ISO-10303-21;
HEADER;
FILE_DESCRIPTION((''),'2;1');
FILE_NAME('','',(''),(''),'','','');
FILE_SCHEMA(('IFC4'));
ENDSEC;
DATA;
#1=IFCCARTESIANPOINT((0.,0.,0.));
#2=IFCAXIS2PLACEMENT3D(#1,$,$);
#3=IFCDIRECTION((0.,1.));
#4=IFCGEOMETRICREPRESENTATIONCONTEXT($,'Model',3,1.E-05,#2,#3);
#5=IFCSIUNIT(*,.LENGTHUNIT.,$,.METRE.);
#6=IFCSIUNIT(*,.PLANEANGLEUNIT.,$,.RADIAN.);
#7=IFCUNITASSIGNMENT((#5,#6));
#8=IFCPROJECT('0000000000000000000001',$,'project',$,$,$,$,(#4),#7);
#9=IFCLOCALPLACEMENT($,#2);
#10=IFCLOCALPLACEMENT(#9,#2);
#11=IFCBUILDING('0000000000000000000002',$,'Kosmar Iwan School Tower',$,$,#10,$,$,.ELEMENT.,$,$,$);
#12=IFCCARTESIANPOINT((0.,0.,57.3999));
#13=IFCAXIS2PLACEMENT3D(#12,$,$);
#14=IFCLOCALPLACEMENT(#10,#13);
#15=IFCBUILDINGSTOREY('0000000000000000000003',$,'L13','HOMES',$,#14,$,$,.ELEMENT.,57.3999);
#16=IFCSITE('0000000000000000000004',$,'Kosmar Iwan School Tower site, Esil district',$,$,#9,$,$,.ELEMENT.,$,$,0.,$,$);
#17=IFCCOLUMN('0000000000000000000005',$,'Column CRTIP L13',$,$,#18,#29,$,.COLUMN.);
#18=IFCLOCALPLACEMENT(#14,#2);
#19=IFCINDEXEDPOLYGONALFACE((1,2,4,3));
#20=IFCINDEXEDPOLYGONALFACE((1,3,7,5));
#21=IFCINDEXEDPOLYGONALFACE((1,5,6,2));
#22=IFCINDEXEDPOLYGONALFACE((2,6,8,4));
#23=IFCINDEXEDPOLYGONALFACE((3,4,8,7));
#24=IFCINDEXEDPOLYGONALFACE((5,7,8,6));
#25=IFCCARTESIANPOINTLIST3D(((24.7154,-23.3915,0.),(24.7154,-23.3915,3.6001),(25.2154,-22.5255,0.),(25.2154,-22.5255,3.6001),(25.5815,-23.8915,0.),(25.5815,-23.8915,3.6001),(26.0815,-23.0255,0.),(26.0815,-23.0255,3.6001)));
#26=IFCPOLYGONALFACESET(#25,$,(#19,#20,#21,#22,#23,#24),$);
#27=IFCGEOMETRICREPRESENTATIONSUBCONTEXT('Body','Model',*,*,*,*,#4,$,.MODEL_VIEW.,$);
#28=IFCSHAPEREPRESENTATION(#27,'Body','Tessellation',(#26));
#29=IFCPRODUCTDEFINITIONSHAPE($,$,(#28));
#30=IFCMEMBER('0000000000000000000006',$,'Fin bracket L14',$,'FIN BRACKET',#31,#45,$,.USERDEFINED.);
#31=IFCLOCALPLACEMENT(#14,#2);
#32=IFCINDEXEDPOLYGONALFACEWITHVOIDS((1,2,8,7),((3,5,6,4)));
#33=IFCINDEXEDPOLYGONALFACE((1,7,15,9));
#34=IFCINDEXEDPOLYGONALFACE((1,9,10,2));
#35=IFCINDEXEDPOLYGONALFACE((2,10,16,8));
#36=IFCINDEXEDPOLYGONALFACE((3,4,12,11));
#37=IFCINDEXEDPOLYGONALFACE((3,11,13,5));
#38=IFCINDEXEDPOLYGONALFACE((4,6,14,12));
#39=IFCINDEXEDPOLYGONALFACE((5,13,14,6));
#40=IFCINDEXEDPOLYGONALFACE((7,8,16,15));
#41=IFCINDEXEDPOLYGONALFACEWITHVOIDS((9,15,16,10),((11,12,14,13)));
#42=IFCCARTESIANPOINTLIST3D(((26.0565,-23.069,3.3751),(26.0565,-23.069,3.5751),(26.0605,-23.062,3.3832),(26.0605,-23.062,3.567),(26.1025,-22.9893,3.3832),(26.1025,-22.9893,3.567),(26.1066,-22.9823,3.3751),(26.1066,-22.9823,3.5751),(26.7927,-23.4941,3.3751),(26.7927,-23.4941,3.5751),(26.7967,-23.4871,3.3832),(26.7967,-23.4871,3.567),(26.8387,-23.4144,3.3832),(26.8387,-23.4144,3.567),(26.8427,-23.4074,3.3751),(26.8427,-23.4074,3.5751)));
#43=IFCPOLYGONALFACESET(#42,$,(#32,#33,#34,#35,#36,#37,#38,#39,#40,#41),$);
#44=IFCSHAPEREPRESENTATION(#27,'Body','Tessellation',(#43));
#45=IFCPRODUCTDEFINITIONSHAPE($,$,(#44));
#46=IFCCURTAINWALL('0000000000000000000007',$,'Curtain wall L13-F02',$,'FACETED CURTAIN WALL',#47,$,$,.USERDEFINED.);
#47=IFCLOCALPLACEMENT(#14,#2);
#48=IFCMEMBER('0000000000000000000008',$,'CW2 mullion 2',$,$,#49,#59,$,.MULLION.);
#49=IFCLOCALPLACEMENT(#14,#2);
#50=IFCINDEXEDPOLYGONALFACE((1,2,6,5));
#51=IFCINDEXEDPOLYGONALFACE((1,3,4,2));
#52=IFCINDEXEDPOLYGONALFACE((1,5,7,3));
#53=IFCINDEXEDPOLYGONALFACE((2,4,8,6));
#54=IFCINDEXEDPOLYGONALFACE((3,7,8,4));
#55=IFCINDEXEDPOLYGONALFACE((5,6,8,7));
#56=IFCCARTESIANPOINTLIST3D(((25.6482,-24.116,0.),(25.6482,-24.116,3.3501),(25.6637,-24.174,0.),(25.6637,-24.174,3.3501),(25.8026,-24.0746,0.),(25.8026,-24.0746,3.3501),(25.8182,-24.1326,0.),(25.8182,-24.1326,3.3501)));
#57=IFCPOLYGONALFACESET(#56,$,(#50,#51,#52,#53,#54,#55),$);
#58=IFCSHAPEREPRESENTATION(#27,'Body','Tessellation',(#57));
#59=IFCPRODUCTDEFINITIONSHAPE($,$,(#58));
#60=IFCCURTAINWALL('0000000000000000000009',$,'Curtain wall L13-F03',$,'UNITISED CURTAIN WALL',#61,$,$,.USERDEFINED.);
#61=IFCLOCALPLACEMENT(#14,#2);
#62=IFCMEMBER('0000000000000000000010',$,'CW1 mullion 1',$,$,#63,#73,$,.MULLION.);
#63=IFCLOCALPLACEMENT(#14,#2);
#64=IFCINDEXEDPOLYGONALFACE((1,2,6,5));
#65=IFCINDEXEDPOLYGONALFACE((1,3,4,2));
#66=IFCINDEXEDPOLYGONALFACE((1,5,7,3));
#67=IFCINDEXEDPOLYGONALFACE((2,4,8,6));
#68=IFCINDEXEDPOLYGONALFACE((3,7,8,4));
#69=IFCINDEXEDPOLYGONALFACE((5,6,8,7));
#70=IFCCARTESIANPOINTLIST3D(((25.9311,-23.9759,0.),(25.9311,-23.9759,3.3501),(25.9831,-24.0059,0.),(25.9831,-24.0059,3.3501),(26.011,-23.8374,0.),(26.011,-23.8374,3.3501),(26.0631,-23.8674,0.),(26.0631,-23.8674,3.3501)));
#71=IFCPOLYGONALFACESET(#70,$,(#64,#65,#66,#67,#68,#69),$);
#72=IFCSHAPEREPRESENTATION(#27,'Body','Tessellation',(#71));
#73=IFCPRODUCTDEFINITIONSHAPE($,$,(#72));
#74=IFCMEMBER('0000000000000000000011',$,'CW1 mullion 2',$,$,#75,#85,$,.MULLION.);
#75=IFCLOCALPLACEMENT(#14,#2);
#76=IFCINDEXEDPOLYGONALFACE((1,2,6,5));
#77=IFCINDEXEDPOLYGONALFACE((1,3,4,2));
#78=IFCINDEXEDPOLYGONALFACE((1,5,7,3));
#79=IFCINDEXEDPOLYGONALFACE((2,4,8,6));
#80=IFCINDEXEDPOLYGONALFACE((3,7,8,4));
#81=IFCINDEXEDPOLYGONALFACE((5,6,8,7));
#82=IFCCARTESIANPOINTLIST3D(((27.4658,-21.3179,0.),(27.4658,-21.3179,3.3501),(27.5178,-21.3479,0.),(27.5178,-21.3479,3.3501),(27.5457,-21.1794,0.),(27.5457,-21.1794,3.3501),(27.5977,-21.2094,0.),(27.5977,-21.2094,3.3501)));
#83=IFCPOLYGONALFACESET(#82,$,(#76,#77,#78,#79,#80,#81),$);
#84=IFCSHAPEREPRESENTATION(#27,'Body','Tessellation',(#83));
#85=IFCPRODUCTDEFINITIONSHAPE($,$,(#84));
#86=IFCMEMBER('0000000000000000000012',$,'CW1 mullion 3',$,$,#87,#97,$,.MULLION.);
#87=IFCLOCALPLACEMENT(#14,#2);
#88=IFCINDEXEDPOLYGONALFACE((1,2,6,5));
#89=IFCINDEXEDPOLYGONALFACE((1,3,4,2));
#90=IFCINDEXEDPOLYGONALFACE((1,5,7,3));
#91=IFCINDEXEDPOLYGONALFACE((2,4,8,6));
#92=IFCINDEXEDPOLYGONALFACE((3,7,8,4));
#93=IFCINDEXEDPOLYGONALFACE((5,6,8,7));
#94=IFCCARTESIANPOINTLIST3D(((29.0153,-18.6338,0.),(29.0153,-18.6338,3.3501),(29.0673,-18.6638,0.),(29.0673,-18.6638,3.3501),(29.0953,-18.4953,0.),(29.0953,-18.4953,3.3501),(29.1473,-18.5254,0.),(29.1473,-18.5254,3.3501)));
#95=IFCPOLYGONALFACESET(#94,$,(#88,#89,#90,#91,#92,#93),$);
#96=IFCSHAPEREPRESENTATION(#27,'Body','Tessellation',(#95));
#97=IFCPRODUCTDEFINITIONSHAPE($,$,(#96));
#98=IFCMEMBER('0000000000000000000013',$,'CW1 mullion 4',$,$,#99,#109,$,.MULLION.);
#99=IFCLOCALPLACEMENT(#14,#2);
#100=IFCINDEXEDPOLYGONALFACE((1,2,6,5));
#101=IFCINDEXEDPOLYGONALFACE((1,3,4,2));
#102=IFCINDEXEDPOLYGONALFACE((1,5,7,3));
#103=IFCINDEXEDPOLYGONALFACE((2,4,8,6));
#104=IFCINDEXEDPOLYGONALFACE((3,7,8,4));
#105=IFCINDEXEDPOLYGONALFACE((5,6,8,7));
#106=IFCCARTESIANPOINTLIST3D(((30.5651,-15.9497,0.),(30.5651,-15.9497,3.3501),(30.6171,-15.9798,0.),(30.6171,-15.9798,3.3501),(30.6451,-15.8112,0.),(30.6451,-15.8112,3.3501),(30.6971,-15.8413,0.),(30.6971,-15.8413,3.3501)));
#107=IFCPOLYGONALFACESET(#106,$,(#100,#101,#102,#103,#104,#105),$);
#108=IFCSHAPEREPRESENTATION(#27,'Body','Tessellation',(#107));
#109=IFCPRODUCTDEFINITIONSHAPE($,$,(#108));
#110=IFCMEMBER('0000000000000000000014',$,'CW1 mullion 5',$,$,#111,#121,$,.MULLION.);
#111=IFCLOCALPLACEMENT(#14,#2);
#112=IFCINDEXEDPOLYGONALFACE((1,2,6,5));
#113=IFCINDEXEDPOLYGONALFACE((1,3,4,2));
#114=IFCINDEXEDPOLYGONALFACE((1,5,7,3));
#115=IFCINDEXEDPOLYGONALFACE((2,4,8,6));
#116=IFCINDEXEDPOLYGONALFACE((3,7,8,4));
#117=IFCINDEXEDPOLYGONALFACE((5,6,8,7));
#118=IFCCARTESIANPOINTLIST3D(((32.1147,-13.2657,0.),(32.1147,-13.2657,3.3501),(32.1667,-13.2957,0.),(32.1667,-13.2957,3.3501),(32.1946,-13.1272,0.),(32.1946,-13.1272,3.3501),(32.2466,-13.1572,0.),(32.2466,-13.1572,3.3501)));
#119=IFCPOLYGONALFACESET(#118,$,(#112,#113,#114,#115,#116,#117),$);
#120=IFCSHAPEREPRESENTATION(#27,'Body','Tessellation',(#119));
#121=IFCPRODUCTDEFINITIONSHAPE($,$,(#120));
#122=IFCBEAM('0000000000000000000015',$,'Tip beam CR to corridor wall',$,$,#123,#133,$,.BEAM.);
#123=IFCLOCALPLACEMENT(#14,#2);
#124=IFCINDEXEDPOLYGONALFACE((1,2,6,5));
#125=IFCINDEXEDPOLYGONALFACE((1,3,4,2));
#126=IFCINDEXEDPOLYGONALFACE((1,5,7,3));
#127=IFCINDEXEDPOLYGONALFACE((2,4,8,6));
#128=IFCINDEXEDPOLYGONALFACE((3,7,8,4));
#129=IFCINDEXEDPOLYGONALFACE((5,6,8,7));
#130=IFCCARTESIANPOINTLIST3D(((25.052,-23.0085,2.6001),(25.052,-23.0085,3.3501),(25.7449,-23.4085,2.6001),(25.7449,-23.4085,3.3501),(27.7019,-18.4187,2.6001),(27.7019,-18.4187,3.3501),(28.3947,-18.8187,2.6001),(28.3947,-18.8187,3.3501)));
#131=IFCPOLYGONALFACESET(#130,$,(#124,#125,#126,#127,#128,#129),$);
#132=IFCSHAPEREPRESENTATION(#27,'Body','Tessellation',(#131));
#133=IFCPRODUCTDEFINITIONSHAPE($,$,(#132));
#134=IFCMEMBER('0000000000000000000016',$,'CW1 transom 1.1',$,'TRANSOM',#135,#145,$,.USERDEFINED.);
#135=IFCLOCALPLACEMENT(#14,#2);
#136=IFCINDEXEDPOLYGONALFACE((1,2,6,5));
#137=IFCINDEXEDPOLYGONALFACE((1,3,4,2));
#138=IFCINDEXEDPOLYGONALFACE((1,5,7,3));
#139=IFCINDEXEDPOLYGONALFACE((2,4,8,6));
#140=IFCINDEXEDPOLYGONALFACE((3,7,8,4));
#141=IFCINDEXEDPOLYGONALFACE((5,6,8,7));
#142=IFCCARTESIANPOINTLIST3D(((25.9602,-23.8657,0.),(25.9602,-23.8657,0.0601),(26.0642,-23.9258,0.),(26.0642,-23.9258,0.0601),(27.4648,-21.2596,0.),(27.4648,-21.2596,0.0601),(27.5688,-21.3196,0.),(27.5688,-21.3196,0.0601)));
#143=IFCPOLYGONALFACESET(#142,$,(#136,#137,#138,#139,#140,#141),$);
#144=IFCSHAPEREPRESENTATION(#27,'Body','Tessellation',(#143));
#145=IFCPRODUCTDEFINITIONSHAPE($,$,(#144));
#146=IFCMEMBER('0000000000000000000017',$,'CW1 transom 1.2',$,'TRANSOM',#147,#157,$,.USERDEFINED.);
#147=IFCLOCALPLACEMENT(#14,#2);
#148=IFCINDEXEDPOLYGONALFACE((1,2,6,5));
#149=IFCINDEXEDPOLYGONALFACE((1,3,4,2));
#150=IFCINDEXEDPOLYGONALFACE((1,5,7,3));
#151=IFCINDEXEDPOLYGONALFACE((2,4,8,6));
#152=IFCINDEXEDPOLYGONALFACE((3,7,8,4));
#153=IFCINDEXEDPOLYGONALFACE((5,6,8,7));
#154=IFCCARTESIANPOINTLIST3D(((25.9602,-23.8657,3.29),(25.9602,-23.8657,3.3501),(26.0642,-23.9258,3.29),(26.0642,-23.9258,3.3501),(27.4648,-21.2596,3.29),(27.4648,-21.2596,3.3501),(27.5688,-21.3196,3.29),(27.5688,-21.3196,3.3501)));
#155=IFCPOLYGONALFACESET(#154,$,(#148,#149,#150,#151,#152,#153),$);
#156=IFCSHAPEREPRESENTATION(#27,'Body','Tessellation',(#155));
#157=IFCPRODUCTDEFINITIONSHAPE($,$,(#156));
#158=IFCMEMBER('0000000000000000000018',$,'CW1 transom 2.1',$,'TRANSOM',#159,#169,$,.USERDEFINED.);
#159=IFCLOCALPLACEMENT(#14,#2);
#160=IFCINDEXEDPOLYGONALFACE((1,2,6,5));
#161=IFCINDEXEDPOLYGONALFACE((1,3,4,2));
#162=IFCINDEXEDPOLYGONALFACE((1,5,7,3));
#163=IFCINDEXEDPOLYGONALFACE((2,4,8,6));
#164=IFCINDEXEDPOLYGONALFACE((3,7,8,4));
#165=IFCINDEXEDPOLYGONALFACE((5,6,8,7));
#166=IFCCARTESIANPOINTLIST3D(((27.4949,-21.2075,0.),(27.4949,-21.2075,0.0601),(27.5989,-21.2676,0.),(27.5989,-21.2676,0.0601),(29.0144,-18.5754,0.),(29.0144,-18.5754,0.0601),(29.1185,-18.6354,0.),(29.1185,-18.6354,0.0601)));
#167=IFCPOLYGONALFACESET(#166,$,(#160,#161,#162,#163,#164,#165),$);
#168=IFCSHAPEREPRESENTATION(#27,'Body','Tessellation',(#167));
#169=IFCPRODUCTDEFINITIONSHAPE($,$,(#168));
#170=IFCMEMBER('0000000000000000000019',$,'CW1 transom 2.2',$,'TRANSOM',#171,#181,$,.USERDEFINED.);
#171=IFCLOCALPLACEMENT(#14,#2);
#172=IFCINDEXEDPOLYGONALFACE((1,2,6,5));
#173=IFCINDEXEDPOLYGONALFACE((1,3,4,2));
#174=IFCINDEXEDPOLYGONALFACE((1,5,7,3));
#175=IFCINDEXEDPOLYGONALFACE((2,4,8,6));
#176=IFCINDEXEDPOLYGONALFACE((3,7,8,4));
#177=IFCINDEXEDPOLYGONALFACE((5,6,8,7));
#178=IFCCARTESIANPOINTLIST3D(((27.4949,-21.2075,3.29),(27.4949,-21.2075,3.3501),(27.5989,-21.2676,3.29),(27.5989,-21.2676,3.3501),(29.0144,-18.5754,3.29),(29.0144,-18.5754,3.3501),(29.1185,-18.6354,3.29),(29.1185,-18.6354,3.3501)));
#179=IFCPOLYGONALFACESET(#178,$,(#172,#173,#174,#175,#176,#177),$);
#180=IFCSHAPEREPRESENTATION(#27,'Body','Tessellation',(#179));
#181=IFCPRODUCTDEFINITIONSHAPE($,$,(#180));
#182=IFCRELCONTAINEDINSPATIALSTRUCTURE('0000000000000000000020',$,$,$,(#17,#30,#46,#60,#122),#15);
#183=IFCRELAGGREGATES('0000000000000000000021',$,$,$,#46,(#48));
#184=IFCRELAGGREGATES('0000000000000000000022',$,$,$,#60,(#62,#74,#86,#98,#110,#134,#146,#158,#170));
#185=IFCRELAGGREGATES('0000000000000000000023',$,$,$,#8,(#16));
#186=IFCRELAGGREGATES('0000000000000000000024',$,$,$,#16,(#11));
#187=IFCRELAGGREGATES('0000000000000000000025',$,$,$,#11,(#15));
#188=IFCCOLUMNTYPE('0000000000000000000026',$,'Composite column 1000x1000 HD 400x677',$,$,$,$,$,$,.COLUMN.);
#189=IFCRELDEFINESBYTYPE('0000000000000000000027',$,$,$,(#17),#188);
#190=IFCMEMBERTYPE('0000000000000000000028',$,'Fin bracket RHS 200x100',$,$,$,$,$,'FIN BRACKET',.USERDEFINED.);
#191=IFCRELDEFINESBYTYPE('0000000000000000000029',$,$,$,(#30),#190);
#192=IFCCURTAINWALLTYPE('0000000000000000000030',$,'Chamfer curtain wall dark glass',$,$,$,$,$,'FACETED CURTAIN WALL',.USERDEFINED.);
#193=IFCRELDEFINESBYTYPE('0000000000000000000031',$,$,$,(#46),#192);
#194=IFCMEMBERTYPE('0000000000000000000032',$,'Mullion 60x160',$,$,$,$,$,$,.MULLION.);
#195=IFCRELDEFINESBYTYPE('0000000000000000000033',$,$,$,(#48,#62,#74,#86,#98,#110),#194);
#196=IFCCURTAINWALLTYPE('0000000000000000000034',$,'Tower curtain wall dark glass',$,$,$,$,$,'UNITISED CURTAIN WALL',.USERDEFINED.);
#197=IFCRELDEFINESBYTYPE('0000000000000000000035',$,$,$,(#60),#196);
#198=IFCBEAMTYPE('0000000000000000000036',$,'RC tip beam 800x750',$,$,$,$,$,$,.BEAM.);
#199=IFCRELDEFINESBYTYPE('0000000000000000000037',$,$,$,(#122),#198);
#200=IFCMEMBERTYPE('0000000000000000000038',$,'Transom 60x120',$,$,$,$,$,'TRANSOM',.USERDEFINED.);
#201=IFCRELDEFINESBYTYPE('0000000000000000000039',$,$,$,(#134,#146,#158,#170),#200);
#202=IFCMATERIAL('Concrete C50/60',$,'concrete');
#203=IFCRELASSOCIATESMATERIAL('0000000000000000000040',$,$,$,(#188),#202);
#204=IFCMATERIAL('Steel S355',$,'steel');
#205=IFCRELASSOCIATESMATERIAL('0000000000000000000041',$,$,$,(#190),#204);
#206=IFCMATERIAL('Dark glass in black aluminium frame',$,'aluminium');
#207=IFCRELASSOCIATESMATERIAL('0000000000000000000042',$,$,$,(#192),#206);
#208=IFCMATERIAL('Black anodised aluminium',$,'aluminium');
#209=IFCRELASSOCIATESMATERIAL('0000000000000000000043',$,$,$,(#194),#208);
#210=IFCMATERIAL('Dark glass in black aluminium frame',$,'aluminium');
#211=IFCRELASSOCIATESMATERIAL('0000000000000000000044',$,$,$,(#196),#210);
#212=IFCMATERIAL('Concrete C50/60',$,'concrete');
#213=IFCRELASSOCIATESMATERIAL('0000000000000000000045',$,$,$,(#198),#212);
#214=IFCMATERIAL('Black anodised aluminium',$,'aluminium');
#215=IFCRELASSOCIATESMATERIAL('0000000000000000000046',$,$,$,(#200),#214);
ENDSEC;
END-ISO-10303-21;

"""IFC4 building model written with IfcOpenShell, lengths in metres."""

from ifc_helpers import new_model, si_unit, direction, frame, origin, origin_2d, place, context, subcontext, project, spatial, rectangle, hollow_rectangle, extrude, material, material_profile, profile_set, type_object, element, aggregate, save


model = new_model("IFC4")

# Units and contexts
model_context = context("Model", 3, precision=1e-05, world=origin(), true_north=direction((0.0, 1.0)))
body_context = subcontext(model_context, "Body", "Model", "MODEL_VIEW")
ifc_project = project(units=[si_unit("LENGTHUNIT", "METRE"), si_unit("PLANEANGLEUNIT", "RADIAN")], contexts=[model_context])

# Site, building, storey
site_placement = place(None, origin())
site = spatial("IfcSite", under=ifc_project, at=site_placement, Name="Kosmar Iwan School Tower site, Esil district", CompositionType="ELEMENT", RefElevation=0.0)
building_placement = place(site_placement, origin())
building = spatial("IfcBuilding", under=site, at=building_placement, Name="Kosmar Iwan School Tower", CompositionType="ELEMENT")
storey_placement = place(building_placement, frame((0.0, 0.0, 57.3999)))
storey = spatial("IfcBuildingStorey", under=building, at=storey_placement, Name="L13", Description="HOMES", CompositionType="ELEMENT", Elevation=57.3999)

# Column
ifc_material_1 = material(Name="Concrete C50/60", Category="concrete")
ifc_material_profile_1 = material_profile(ifc_material_1, rectangle(XDim=1.0, YDim=1.0, at=origin_2d()), Name="RC 1000x1000 + HD 400x677")
ifc_profile_set_1 = profile_set([ifc_material_profile_1], Name="Concrete C50/60")
column_type = type_object("IfcColumnType", Name="Composite column 1000x1000 HD 400x677", PredefinedType="COLUMN", material=ifc_profile_set_1)
column_placement = place(storey_placement, frame((25.3984, -23.2085, 0.0), z_axis=(0.0, 0.0, 1.0), x_axis=(0.866025, -0.5, 0.0)))
element("IfcColumn", 1, at=column_placement, inside=storey, type_object=column_type, Name="Column CRTIP L13", PredefinedType="COLUMN", context=body_context, shape_type="SweptSolid", body=[
    extrude(rectangle(XDim=1.0, YDim=1.0, at=origin_2d()), origin(), (0.0, 0.0, 1.0), 3.6001),
])

# Member
ifc_material_2 = material(Name="Steel S355", Category="steel")
ifc_material_profile_2 = material_profile(ifc_material_2, hollow_rectangle(XDim=0.1001, YDim=0.2, WallThickness=0.0081, at=origin_2d()), Name="RHS 200x100x8")
ifc_profile_set_2 = profile_set([ifc_material_profile_2], Name="Steel S355")
member_type_1 = type_object("IfcMemberType", Name="Fin bracket RHS 200x100", ElementType="FIN BRACKET", PredefinedType="USERDEFINED", material=ifc_profile_set_2)
member_1_placement = place(storey_placement, frame((26.0815, -23.0256, 3.4751), z_axis=(0.865989, -0.500062, 0.0), x_axis=(0.500062, 0.865989, 0.0)))
element("IfcMember", 2, at=member_1_placement, inside=storey, type_object=member_type_1, Name="Fin bracket L14", ObjectType="FIN BRACKET", PredefinedType="USERDEFINED", context=body_context, shape_type="SweptSolid", body=[
    extrude(hollow_rectangle(XDim=0.1001, YDim=0.2, WallThickness=0.0081, at=origin_2d()), origin(), (0.0, 0.0, 1.0), 0.8501),
])

# Curtain wall, member
ifc_material_3 = material(Name="Dark glass in black aluminium frame", Category="aluminium")
curtain_wall_type_1 = type_object("IfcCurtainWallType", Name="Chamfer curtain wall dark glass", ElementType="FACETED CURTAIN WALL", PredefinedType="USERDEFINED", material=ifc_material_3)
curtain_wall_1_placement = place(storey_placement, origin())
curtain_wall_1 = element("IfcCurtainWall", 3, at=curtain_wall_1_placement, inside=storey, type_object=curtain_wall_type_1, Name="Curtain wall L13-F02", ObjectType="FACETED CURTAIN WALL", PredefinedType="USERDEFINED")
ifc_material_4 = material(Name="Black anodised aluminium", Category="aluminium")
ifc_material_profile_3 = material_profile(ifc_material_4, rectangle(XDim=0.0601, YDim=0.1599, at=origin_2d()), Name="MULLION 60x160")
ifc_profile_set_3 = profile_set([ifc_material_profile_3], Name="Black anodised aluminium")
member_type_2 = type_object("IfcMemberType", Name="Mullion 60x160", PredefinedType="MULLION", material=ifc_profile_set_3)
member_2_placement = place(storey_placement, frame((25.7332, -24.1243, 0.0), z_axis=(0.0, 0.0, 1.0), x_axis=(-0.258819, 0.965926, 0.0)))
member_2 = element("IfcMember", 4, at=member_2_placement, type_object=member_type_2, Name="CW2 mullion 2", PredefinedType="MULLION", context=body_context, shape_type="SweptSolid", body=[
    extrude(rectangle(XDim=0.0601, YDim=0.1599, at=origin_2d()), origin(), (0.0, 0.0, 1.0), 3.3501),
])

# Curtain wall, members
ifc_material_5 = material(Name="Dark glass in black aluminium frame", Category="aluminium")
curtain_wall_type_2 = type_object("IfcCurtainWallType", Name="Tower curtain wall dark glass", ElementType="UNITISED CURTAIN WALL", PredefinedType="USERDEFINED", material=ifc_material_5)
curtain_wall_2_placement = place(storey_placement, origin())
curtain_wall_2 = element("IfcCurtainWall", 5, at=curtain_wall_2_placement, inside=storey, type_object=curtain_wall_type_2, Name="Curtain wall L13-F03", ObjectType="UNITISED CURTAIN WALL", PredefinedType="USERDEFINED")
member_3_placement = place(storey_placement, frame((25.9971, -23.9216, 0.0), z_axis=(0.0, 0.0, 1.0), x_axis=(-0.866025, 0.5, 0.0)))
member_3 = element("IfcMember", 6, at=member_3_placement, type_object=member_type_2, Name="CW1 mullion 1", PredefinedType="MULLION", context=body_context, shape_type="SweptSolid", body=[
    extrude(rectangle(XDim=0.0601, YDim=0.1599, at=origin_2d()), origin(), (0.0, 0.0, 1.0), 3.3501),
])
member_4_placement = place(storey_placement, frame((27.5317, -21.2637, 0.0), z_axis=(0.0, 0.0, 1.0), x_axis=(-0.866025, 0.5, 0.0)))
member_4 = element("IfcMember", 7, at=member_4_placement, type_object=member_type_2, Name="CW1 mullion 2", PredefinedType="MULLION", context=body_context, shape_type="SweptSolid", body=[
    extrude(rectangle(XDim=0.0601, YDim=0.1599, at=origin_2d()), origin(), (0.0, 0.0, 1.0), 3.3501),
])
member_5_placement = place(storey_placement, frame((29.0813, -18.5796, 0.0), z_axis=(0.0, 0.0, 1.0), x_axis=(-0.866025, 0.5, 0.0)))
member_5 = element("IfcMember", 8, at=member_5_placement, type_object=member_type_2, Name="CW1 mullion 3", PredefinedType="MULLION", context=body_context, shape_type="SweptSolid", body=[
    extrude(rectangle(XDim=0.0601, YDim=0.1599, at=origin_2d()), origin(), (0.0, 0.0, 1.0), 3.3501),
])
member_6_placement = place(storey_placement, frame((30.6311, -15.8955, 0.0), z_axis=(0.0, 0.0, 1.0), x_axis=(-0.866025, 0.5, 0.0)))
member_6 = element("IfcMember", 9, at=member_6_placement, type_object=member_type_2, Name="CW1 mullion 4", PredefinedType="MULLION", context=body_context, shape_type="SweptSolid", body=[
    extrude(rectangle(XDim=0.0601, YDim=0.1599, at=origin_2d()), origin(), (0.0, 0.0, 1.0), 3.3501),
])
member_7_placement = place(storey_placement, frame((32.1807, -13.2114, 0.0), z_axis=(0.0, 0.0, 1.0), x_axis=(-0.866025, 0.5, 0.0)))
member_7 = element("IfcMember", 10, at=member_7_placement, type_object=member_type_2, Name="CW1 mullion 5", PredefinedType="MULLION", context=body_context, shape_type="SweptSolid", body=[
    extrude(rectangle(XDim=0.0601, YDim=0.1599, at=origin_2d()), origin(), (0.0, 0.0, 1.0), 3.3501),
])

# Beam
ifc_material_6 = material(Name="Concrete C50/60", Category="concrete")
ifc_material_profile_4 = material_profile(ifc_material_6, rectangle(XDim=0.8, YDim=0.75, at=origin_2d()), Name="RC 800x750")
ifc_profile_set_4 = profile_set([ifc_material_profile_4], Name="Concrete C50/60")
beam_type = type_object("IfcBeamType", Name="RC tip beam 800x750", PredefinedType="BEAM", material=ifc_profile_set_4)
beam_placement = place(storey_placement, frame((25.3984, -23.2085, 2.9751), z_axis=(0.499994, 0.866029, 0.0), x_axis=(-0.866029, 0.499994, 0.0)))
element("IfcBeam", 11, at=beam_placement, inside=storey, type_object=beam_type, Name="Tip beam CR to corridor wall", PredefinedType="BEAM", context=body_context, shape_type="SweptSolid", body=[
    extrude(rectangle(XDim=0.8, YDim=0.75, at=origin_2d()), origin(), (0.0, 0.0, 1.0), 5.2998),
])

# Members
ifc_material_7 = material(Name="Black anodised aluminium", Category="aluminium")
ifc_material_profile_5 = material_profile(ifc_material_7, rectangle(XDim=0.1201, YDim=0.0601, at=origin_2d()), Name="TRANSOM 60x120")
ifc_profile_set_5 = profile_set([ifc_material_profile_5], Name="Black anodised aluminium")
member_type_3 = type_object("IfcMemberType", Name="Transom 60x120", ElementType="TRANSOM", PredefinedType="USERDEFINED", material=ifc_profile_set_5)
member_8_placement = place(storey_placement, frame((26.0122, -23.8958, 0.03), z_axis=(0.499987, 0.866033, 0.0), x_axis=(-0.866033, 0.499987, 0.0)))
member_8 = element("IfcMember", 12, at=member_8_placement, type_object=member_type_3, Name="CW1 transom 1.1", ObjectType="TRANSOM", PredefinedType="USERDEFINED", context=body_context, shape_type="SweptSolid", body=[
    extrude(rectangle(XDim=0.1201, YDim=0.0601, at=origin_2d()), origin(), (0.0, 0.0, 1.0), 3.0093),
])
member_9_placement = place(storey_placement, frame((26.0122, -23.8958, 3.3201), z_axis=(0.499987, 0.866033, 0.0), x_axis=(-0.866033, 0.499987, 0.0)))
member_9 = element("IfcMember", 13, at=member_9_placement, type_object=member_type_3, Name="CW1 transom 1.2", ObjectType="TRANSOM", PredefinedType="USERDEFINED", context=body_context, shape_type="SweptSolid", body=[
    extrude(rectangle(XDim=0.1201, YDim=0.0601, at=origin_2d()), origin(), (0.0, 0.0, 1.0), 3.0093),
])
member_10_placement = place(storey_placement, frame((27.5469, -21.2375, 0.03), z_axis=(0.499975, 0.86604, 0.0), x_axis=(-0.86604, 0.499975, 0.0)))
member_10 = element("IfcMember", 14, at=member_10_placement, type_object=member_type_3, Name="CW1 transom 2.1", ObjectType="TRANSOM", PredefinedType="USERDEFINED", context=body_context, shape_type="SweptSolid", body=[
    extrude(rectangle(XDim=0.1201, YDim=0.0601, at=origin_2d()), origin(), (0.0, 0.0, 1.0), 3.0393),
])
member_11_placement = place(storey_placement, frame((27.5469, -21.2375, 3.3201), z_axis=(0.499975, 0.86604, 0.0), x_axis=(-0.86604, 0.499975, 0.0)))
member_11 = element("IfcMember", 15, at=member_11_placement, type_object=member_type_3, Name="CW1 transom 2.2", ObjectType="TRANSOM", PredefinedType="USERDEFINED", context=body_context, shape_type="SweptSolid", body=[
    extrude(rectangle(XDim=0.1201, YDim=0.0601, at=origin_2d()), origin(), (0.0, 0.0, 1.0), 3.0393),
])

aggregate(curtain_wall_1, [member_2])
aggregate(curtain_wall_2, [member_3, member_4, member_5, member_6, member_7, member_8, member_9, member_10, member_11])

save(model, "model.ifc")
